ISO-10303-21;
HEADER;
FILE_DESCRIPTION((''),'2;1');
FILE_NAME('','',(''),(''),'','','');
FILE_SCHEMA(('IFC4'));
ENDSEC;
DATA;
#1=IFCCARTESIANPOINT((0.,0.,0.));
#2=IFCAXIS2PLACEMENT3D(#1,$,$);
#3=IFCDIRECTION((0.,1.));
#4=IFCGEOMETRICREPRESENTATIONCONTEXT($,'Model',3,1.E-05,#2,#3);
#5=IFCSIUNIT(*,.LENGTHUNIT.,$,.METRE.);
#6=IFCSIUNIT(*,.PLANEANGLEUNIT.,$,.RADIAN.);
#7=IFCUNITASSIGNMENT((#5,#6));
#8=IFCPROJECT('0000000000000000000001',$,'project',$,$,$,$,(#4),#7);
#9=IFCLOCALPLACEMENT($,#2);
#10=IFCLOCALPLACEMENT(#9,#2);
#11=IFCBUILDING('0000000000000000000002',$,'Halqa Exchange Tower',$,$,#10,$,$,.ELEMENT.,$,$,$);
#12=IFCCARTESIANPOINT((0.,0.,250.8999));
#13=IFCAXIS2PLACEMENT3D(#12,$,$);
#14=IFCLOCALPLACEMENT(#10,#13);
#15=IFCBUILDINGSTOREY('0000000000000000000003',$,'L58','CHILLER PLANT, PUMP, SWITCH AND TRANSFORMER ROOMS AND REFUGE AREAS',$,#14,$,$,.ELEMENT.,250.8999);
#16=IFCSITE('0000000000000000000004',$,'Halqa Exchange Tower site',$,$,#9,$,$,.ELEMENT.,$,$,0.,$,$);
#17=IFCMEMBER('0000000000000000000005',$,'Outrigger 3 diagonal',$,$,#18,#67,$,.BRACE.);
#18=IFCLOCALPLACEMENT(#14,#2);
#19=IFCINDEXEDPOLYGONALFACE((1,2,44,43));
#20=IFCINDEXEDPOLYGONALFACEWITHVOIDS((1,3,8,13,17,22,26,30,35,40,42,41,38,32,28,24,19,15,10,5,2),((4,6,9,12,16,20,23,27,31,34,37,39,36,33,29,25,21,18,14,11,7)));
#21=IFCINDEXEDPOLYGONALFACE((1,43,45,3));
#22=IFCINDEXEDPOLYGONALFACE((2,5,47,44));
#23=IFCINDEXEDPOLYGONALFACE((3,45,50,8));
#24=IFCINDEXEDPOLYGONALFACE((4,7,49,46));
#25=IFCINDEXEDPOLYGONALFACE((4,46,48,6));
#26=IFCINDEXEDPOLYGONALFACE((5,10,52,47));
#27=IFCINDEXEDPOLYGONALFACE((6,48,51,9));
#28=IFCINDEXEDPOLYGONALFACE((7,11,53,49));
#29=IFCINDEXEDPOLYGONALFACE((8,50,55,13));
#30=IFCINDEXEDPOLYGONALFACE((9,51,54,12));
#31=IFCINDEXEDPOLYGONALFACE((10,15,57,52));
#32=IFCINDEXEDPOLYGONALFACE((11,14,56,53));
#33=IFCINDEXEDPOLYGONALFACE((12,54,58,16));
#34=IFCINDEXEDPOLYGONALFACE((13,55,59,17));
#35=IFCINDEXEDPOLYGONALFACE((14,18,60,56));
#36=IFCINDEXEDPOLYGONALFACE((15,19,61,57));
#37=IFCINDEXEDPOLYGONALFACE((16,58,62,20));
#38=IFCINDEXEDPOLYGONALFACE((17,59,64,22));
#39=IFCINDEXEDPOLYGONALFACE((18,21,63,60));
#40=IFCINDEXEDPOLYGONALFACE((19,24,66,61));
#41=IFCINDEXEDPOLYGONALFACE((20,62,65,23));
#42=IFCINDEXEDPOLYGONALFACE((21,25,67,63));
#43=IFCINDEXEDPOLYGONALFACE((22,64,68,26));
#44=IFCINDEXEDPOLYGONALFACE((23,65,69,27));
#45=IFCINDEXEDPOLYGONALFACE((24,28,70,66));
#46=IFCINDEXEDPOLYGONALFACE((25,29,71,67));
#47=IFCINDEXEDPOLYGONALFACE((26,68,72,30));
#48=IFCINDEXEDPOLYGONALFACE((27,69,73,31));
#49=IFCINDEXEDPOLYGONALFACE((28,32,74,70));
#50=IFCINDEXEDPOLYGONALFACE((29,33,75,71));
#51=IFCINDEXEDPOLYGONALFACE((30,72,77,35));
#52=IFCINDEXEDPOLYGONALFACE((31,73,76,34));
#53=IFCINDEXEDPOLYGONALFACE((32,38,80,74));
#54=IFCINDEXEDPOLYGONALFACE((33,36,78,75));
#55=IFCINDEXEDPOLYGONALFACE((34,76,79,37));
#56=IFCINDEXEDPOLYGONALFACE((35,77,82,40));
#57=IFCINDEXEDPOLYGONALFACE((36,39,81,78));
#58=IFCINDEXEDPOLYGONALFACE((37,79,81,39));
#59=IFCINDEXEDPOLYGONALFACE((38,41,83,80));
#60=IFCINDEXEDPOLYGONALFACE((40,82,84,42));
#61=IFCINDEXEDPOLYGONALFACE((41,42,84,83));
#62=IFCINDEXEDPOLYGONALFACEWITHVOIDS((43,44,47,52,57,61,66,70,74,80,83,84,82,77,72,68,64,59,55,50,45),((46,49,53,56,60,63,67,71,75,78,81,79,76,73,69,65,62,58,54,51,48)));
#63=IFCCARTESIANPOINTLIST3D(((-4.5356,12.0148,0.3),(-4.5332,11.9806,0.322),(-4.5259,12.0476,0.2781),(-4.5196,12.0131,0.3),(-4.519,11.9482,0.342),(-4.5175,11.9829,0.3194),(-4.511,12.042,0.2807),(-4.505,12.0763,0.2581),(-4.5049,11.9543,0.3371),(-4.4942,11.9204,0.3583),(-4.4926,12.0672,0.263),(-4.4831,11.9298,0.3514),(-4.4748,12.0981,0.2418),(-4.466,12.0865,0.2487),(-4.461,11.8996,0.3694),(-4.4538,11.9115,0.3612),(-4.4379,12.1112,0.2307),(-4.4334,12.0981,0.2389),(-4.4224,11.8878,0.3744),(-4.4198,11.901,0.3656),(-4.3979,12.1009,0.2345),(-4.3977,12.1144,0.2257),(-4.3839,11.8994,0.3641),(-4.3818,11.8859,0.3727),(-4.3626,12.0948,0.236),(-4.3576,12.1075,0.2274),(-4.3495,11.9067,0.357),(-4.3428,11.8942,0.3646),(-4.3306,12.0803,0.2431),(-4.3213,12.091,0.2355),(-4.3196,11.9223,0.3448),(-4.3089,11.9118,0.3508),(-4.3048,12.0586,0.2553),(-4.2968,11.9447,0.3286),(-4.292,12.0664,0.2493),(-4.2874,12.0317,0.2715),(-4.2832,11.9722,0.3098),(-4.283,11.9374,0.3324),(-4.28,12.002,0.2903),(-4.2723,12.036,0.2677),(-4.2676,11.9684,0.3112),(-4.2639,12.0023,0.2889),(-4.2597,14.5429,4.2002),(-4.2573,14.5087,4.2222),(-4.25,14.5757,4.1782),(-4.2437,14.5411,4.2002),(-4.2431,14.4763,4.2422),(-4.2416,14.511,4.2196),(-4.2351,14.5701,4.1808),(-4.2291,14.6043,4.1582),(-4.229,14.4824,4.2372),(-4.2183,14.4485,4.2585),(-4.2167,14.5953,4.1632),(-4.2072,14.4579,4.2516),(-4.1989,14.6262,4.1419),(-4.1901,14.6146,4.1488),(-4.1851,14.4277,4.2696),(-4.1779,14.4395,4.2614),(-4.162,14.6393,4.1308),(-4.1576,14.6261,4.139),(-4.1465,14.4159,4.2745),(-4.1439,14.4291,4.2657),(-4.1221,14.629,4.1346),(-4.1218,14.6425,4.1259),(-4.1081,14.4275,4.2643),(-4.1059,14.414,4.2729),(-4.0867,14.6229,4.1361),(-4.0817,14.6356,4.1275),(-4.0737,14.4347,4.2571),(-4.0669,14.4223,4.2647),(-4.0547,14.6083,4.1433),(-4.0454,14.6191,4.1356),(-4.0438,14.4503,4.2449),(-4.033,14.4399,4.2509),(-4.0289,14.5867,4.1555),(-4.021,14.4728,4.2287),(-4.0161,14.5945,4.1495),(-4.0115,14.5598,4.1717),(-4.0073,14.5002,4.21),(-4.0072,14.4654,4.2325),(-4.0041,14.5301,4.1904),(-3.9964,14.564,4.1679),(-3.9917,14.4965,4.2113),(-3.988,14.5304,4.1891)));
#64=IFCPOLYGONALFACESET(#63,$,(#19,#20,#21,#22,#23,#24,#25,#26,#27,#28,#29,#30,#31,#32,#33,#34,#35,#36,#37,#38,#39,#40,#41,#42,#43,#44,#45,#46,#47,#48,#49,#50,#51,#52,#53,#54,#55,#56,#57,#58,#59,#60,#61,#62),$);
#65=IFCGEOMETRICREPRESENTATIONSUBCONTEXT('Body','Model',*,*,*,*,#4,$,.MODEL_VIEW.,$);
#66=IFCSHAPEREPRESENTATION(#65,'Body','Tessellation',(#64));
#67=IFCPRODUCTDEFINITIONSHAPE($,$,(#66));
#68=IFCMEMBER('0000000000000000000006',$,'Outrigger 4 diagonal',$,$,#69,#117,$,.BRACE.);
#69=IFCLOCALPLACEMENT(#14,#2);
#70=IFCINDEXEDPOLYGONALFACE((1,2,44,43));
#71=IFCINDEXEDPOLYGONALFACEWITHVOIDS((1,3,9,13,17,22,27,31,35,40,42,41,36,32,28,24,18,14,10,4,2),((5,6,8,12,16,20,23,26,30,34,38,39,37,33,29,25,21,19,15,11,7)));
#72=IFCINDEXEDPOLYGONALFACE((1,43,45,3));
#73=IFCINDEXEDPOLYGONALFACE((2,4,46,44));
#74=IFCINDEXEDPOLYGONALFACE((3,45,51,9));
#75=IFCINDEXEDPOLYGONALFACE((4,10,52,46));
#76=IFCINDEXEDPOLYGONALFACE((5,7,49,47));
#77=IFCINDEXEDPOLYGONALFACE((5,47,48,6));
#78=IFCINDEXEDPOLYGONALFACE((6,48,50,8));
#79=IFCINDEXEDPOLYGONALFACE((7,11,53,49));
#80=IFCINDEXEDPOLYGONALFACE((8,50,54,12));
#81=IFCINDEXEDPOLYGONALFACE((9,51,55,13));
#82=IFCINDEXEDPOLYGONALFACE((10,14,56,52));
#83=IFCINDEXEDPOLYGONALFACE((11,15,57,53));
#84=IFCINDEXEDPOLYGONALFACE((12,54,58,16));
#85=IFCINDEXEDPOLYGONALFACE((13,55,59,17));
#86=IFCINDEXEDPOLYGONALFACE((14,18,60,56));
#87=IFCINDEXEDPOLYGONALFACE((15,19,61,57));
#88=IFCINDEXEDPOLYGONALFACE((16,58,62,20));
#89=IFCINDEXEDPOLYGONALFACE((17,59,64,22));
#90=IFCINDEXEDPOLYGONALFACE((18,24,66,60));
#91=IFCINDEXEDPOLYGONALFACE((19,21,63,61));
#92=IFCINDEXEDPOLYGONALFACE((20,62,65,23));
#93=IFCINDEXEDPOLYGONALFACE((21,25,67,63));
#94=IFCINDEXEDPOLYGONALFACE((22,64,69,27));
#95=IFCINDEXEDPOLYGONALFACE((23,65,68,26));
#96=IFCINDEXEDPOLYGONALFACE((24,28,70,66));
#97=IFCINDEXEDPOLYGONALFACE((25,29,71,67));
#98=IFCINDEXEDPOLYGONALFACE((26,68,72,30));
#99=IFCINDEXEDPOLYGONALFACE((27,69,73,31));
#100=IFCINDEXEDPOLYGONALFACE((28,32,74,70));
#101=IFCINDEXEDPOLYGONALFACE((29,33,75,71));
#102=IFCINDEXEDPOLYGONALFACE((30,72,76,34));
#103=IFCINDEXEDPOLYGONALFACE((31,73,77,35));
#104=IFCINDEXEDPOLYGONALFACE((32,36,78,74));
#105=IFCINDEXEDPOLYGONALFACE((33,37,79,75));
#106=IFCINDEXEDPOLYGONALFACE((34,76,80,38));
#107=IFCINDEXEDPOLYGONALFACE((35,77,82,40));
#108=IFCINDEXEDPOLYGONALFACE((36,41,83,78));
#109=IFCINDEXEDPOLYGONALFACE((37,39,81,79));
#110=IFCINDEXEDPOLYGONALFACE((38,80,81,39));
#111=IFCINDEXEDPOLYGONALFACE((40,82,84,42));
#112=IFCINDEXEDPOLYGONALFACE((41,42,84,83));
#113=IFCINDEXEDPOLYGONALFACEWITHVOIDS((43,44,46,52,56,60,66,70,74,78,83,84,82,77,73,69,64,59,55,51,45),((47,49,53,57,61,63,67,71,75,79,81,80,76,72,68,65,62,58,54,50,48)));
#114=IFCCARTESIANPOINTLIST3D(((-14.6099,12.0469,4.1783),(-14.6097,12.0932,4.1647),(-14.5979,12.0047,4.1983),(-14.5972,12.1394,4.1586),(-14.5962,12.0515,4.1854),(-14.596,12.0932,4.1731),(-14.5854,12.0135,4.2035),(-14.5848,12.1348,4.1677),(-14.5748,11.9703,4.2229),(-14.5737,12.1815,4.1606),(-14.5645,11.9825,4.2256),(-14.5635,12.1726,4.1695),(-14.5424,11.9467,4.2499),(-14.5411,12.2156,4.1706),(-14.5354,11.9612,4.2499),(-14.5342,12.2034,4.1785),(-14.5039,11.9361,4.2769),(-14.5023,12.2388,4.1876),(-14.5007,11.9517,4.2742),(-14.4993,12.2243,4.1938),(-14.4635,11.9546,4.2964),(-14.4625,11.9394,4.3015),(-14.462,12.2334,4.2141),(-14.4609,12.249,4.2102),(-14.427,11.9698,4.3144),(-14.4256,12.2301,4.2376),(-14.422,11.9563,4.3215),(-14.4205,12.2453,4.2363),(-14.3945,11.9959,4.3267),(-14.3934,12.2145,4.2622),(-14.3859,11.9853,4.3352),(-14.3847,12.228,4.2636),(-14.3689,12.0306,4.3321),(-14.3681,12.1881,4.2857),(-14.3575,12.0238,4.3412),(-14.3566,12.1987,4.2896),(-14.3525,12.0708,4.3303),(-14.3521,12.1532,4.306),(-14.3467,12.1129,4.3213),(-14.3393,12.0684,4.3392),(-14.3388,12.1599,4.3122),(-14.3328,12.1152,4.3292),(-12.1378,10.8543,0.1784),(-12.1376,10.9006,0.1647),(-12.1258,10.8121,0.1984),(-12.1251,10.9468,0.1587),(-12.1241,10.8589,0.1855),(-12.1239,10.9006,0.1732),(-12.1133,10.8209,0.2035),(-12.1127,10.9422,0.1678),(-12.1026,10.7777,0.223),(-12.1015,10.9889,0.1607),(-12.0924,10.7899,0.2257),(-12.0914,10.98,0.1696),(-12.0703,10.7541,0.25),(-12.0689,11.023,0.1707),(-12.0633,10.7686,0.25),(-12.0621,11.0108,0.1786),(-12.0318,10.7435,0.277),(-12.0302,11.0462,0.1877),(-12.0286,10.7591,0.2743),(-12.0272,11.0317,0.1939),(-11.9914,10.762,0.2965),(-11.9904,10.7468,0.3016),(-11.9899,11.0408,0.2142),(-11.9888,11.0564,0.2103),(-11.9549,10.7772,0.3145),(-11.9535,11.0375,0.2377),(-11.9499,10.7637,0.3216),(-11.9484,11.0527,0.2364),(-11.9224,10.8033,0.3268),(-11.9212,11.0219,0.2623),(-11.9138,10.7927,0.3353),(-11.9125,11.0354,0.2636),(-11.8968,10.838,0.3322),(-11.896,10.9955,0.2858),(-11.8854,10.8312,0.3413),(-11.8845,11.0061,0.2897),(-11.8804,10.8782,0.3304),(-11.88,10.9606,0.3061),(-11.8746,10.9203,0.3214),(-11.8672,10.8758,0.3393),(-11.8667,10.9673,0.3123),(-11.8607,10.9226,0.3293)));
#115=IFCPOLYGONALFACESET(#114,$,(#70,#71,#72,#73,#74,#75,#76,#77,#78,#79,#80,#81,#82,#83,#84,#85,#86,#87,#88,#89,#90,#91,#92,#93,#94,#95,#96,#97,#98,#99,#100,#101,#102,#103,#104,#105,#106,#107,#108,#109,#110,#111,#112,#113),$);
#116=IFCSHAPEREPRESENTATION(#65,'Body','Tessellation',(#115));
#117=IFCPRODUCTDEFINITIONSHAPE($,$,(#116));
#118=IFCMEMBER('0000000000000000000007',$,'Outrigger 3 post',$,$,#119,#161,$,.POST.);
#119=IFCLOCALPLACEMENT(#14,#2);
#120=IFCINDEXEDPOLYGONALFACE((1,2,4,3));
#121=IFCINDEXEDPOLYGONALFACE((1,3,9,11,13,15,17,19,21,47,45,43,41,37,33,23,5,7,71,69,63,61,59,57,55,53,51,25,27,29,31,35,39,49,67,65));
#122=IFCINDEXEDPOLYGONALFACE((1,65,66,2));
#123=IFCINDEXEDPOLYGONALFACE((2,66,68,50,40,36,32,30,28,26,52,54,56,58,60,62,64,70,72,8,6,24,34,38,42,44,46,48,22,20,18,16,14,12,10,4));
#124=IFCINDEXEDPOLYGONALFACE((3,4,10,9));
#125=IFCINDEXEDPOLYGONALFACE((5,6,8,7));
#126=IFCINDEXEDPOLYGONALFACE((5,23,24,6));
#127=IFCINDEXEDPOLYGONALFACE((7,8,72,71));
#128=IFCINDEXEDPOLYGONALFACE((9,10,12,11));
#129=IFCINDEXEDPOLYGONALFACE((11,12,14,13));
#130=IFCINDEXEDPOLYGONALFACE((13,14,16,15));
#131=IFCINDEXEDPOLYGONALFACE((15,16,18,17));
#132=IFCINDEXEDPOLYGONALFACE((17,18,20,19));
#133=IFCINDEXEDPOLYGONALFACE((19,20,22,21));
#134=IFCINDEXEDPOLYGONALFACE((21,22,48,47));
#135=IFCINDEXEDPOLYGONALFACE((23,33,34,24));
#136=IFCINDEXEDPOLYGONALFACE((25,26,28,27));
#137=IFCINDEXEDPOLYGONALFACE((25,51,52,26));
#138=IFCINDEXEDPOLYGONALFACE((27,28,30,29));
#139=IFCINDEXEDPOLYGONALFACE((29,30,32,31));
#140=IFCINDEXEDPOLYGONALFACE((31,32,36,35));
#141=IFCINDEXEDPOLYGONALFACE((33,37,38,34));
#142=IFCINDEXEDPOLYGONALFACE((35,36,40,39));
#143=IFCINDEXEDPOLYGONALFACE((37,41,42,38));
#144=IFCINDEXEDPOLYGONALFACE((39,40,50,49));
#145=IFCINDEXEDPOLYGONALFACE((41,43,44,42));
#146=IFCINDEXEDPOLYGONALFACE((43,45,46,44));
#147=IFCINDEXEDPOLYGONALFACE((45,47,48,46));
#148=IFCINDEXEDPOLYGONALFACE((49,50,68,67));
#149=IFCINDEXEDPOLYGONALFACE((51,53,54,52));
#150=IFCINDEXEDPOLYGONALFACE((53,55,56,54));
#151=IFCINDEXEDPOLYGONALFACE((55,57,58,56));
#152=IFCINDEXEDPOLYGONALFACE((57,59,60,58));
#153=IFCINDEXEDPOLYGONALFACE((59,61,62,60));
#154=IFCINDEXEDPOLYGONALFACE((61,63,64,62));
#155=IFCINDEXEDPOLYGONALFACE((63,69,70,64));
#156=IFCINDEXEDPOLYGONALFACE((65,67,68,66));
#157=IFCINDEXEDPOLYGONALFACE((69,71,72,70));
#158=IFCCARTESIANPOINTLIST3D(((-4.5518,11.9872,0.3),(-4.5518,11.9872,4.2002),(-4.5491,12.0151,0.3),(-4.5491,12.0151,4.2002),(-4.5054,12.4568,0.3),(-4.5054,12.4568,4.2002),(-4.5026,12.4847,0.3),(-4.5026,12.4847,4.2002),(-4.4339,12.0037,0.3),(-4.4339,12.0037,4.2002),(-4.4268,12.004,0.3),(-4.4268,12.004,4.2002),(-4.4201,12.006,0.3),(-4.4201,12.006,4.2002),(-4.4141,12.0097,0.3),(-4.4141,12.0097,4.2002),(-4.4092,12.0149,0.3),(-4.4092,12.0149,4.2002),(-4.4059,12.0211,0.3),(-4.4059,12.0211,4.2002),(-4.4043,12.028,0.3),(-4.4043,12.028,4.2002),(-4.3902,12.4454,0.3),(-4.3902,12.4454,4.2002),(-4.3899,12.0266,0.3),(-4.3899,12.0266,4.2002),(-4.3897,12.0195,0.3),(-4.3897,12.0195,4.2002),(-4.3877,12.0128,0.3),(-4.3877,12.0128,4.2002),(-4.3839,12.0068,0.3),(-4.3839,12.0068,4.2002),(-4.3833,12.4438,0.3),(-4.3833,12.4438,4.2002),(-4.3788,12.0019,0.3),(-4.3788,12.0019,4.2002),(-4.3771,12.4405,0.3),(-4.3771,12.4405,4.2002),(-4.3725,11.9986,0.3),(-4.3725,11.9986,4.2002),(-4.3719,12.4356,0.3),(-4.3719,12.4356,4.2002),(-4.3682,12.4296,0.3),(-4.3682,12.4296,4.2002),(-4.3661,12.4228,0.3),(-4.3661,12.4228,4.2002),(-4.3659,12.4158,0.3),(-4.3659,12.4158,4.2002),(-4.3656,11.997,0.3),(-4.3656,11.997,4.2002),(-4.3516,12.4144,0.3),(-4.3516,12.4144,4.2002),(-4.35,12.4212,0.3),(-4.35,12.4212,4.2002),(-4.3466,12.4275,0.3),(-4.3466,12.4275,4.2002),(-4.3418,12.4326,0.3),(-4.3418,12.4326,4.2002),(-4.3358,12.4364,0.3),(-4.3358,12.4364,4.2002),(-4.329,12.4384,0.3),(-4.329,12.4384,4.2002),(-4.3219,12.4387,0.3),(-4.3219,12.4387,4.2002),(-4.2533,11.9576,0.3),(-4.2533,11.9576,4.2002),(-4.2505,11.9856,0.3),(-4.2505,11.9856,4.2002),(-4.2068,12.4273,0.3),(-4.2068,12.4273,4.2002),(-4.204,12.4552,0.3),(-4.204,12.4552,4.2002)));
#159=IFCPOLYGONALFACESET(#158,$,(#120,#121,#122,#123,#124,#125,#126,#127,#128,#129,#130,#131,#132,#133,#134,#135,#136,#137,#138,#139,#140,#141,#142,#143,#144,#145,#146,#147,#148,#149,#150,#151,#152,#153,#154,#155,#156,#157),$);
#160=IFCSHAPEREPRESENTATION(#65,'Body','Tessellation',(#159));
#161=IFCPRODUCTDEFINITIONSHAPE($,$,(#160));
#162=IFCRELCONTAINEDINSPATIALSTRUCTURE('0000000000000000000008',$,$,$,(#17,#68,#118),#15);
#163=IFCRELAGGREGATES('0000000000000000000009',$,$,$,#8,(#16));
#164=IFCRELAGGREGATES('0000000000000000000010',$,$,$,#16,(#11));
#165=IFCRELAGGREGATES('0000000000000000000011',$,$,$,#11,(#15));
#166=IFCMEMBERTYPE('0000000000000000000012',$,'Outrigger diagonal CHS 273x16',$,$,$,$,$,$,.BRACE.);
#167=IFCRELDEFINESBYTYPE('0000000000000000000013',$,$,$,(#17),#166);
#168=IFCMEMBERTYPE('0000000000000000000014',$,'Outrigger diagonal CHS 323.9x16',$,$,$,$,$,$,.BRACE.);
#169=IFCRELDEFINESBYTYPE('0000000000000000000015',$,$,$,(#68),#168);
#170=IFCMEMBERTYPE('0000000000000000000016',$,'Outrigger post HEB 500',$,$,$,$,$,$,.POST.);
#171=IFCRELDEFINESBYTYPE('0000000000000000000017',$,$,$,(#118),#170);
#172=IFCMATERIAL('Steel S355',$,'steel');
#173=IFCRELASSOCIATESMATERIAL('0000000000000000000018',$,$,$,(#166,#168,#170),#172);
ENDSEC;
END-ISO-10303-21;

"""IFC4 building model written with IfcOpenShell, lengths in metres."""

from ifc_helpers import new_model, si_unit, direction, frame, origin, origin_2d, place, context, subcontext, project, spatial, hollow_circle, i_section, extrude, material, material_profile, profile_set, type_object, element, save


model = new_model("IFC4")

# Units and contexts
model_context = context("Model", 3, precision=1e-05, world=origin(), true_north=direction((0.0, 1.0)))
body_context = subcontext(model_context, "Body", "Model", "MODEL_VIEW")
ifc_project = project(units=[si_unit("LENGTHUNIT", "METRE"), si_unit("PLANEANGLEUNIT", "RADIAN")], contexts=[model_context])

# Site, building, storey
site_placement = place(None, origin())
site = spatial("IfcSite", under=ifc_project, at=site_placement, Name="Halqa Exchange Tower site", CompositionType="ELEMENT", RefElevation=0.0)
building_placement = place(site_placement, origin())
building = spatial("IfcBuilding", under=site, at=building_placement, Name="Halqa Exchange Tower", CompositionType="ELEMENT")
storey_placement = place(building_placement, frame((0.0, 0.0, 250.8999)))
storey = spatial("IfcBuildingStorey", under=building, at=storey_placement, Name="L58", Description="CHILLER PLANT, PUMP, SWITCH AND TRANSFORMER ROOMS AND REFUGE AREAS", CompositionType="ELEMENT", Elevation=250.8999)

# Shared definitions
ifc_material_1 = material(Name="Steel S355", Category="steel")

# Members
ifc_material_profile_1 = material_profile(ifc_material_1, hollow_circle(Radius=0.1365, WallThickness=0.0161, at=origin_2d()), Name="CHS 273x16")
ifc_profile_set_1 = profile_set([ifc_material_profile_1], Name="Steel S355")
member_type_1 = type_object("IfcMemberType", Name="Outrigger diagonal CHS 273x16", PredefinedType="BRACE", material=ifc_profile_set_1)
member_1_placement = place(storey_placement, frame((-4.3999, 12.0, 0.3), z_axis=(0.059252, 0.542971, 0.837659), x_axis=(-0.994098, 0.108482, 0.0)))
element("IfcMember", 1, at=member_1_placement, inside=storey, type_object=member_type_1, Name="Outrigger 3 diagonal", PredefinedType="BRACE", context=body_context, shape_type="SweptSolid", body=[
    extrude(hollow_circle(Radius=0.1365, WallThickness=0.0161, at=origin_2d()), origin(), (0.0, 0.0, 1.0), 4.656),
])
ifc_material_profile_2 = material_profile(ifc_material_1, hollow_circle(Radius=0.1619, WallThickness=0.0161, at=origin_2d()), Name="CHS 323.9x16")
ifc_profile_set_2 = profile_set([ifc_material_profile_2], Name="Steel S355")
member_type_2 = type_object("IfcMemberType", Name="Outrigger diagonal CHS 323.9x16", PredefinedType="BRACE", material=ifc_profile_set_2)
member_2_placement = place(storey_placement, frame((-12.0, 10.8999, 0.25), z_axis=(-0.509601, 0.245843, 0.824541), x_axis=(-0.434503, -0.90067, 0.0)))
element("IfcMember", 2, at=member_2_placement, inside=storey, type_object=member_type_2, Name="Outrigger 4 diagonal", PredefinedType="BRACE", context=body_context, shape_type="SweptSolid", body=[
    extrude(hollow_circle(Radius=0.1619, WallThickness=0.0161, at=origin_2d()), origin(), (0.0, 0.0, 1.0), 4.8511),
])
ifc_material_profile_3 = material_profile(ifc_material_1, i_section(OverallWidth=0.3, OverallDepth=0.5, WebThickness=0.0144, FlangeThickness=0.0281, FilletRadius=0.0271, at=origin_2d()), Name="HEB 500")
ifc_profile_set_3 = profile_set([ifc_material_profile_3], Name="Steel S355")
member_type_3 = type_object("IfcMemberType", Name="Outrigger post HEB 500", PredefinedType="POST", material=ifc_profile_set_3)
member_3_placement = place(storey_placement, frame((-4.3779, 12.2212, 0.3), z_axis=(0.0, 0.0, 1.0), x_axis=(-0.99514, 0.098469, 0.0)))
element("IfcMember", 3, at=member_3_placement, inside=storey, type_object=member_type_3, Name="Outrigger 3 post", PredefinedType="POST", context=body_context, shape_type="SweptSolid", body=[
    extrude(i_section(OverallWidth=0.3, OverallDepth=0.5, WebThickness=0.0144, FlangeThickness=0.0281, FilletRadius=0.0271, at=origin_2d()), origin(), (0.0, 0.0, 1.0), 3.9001),
])

save(model, "model.ifc")
